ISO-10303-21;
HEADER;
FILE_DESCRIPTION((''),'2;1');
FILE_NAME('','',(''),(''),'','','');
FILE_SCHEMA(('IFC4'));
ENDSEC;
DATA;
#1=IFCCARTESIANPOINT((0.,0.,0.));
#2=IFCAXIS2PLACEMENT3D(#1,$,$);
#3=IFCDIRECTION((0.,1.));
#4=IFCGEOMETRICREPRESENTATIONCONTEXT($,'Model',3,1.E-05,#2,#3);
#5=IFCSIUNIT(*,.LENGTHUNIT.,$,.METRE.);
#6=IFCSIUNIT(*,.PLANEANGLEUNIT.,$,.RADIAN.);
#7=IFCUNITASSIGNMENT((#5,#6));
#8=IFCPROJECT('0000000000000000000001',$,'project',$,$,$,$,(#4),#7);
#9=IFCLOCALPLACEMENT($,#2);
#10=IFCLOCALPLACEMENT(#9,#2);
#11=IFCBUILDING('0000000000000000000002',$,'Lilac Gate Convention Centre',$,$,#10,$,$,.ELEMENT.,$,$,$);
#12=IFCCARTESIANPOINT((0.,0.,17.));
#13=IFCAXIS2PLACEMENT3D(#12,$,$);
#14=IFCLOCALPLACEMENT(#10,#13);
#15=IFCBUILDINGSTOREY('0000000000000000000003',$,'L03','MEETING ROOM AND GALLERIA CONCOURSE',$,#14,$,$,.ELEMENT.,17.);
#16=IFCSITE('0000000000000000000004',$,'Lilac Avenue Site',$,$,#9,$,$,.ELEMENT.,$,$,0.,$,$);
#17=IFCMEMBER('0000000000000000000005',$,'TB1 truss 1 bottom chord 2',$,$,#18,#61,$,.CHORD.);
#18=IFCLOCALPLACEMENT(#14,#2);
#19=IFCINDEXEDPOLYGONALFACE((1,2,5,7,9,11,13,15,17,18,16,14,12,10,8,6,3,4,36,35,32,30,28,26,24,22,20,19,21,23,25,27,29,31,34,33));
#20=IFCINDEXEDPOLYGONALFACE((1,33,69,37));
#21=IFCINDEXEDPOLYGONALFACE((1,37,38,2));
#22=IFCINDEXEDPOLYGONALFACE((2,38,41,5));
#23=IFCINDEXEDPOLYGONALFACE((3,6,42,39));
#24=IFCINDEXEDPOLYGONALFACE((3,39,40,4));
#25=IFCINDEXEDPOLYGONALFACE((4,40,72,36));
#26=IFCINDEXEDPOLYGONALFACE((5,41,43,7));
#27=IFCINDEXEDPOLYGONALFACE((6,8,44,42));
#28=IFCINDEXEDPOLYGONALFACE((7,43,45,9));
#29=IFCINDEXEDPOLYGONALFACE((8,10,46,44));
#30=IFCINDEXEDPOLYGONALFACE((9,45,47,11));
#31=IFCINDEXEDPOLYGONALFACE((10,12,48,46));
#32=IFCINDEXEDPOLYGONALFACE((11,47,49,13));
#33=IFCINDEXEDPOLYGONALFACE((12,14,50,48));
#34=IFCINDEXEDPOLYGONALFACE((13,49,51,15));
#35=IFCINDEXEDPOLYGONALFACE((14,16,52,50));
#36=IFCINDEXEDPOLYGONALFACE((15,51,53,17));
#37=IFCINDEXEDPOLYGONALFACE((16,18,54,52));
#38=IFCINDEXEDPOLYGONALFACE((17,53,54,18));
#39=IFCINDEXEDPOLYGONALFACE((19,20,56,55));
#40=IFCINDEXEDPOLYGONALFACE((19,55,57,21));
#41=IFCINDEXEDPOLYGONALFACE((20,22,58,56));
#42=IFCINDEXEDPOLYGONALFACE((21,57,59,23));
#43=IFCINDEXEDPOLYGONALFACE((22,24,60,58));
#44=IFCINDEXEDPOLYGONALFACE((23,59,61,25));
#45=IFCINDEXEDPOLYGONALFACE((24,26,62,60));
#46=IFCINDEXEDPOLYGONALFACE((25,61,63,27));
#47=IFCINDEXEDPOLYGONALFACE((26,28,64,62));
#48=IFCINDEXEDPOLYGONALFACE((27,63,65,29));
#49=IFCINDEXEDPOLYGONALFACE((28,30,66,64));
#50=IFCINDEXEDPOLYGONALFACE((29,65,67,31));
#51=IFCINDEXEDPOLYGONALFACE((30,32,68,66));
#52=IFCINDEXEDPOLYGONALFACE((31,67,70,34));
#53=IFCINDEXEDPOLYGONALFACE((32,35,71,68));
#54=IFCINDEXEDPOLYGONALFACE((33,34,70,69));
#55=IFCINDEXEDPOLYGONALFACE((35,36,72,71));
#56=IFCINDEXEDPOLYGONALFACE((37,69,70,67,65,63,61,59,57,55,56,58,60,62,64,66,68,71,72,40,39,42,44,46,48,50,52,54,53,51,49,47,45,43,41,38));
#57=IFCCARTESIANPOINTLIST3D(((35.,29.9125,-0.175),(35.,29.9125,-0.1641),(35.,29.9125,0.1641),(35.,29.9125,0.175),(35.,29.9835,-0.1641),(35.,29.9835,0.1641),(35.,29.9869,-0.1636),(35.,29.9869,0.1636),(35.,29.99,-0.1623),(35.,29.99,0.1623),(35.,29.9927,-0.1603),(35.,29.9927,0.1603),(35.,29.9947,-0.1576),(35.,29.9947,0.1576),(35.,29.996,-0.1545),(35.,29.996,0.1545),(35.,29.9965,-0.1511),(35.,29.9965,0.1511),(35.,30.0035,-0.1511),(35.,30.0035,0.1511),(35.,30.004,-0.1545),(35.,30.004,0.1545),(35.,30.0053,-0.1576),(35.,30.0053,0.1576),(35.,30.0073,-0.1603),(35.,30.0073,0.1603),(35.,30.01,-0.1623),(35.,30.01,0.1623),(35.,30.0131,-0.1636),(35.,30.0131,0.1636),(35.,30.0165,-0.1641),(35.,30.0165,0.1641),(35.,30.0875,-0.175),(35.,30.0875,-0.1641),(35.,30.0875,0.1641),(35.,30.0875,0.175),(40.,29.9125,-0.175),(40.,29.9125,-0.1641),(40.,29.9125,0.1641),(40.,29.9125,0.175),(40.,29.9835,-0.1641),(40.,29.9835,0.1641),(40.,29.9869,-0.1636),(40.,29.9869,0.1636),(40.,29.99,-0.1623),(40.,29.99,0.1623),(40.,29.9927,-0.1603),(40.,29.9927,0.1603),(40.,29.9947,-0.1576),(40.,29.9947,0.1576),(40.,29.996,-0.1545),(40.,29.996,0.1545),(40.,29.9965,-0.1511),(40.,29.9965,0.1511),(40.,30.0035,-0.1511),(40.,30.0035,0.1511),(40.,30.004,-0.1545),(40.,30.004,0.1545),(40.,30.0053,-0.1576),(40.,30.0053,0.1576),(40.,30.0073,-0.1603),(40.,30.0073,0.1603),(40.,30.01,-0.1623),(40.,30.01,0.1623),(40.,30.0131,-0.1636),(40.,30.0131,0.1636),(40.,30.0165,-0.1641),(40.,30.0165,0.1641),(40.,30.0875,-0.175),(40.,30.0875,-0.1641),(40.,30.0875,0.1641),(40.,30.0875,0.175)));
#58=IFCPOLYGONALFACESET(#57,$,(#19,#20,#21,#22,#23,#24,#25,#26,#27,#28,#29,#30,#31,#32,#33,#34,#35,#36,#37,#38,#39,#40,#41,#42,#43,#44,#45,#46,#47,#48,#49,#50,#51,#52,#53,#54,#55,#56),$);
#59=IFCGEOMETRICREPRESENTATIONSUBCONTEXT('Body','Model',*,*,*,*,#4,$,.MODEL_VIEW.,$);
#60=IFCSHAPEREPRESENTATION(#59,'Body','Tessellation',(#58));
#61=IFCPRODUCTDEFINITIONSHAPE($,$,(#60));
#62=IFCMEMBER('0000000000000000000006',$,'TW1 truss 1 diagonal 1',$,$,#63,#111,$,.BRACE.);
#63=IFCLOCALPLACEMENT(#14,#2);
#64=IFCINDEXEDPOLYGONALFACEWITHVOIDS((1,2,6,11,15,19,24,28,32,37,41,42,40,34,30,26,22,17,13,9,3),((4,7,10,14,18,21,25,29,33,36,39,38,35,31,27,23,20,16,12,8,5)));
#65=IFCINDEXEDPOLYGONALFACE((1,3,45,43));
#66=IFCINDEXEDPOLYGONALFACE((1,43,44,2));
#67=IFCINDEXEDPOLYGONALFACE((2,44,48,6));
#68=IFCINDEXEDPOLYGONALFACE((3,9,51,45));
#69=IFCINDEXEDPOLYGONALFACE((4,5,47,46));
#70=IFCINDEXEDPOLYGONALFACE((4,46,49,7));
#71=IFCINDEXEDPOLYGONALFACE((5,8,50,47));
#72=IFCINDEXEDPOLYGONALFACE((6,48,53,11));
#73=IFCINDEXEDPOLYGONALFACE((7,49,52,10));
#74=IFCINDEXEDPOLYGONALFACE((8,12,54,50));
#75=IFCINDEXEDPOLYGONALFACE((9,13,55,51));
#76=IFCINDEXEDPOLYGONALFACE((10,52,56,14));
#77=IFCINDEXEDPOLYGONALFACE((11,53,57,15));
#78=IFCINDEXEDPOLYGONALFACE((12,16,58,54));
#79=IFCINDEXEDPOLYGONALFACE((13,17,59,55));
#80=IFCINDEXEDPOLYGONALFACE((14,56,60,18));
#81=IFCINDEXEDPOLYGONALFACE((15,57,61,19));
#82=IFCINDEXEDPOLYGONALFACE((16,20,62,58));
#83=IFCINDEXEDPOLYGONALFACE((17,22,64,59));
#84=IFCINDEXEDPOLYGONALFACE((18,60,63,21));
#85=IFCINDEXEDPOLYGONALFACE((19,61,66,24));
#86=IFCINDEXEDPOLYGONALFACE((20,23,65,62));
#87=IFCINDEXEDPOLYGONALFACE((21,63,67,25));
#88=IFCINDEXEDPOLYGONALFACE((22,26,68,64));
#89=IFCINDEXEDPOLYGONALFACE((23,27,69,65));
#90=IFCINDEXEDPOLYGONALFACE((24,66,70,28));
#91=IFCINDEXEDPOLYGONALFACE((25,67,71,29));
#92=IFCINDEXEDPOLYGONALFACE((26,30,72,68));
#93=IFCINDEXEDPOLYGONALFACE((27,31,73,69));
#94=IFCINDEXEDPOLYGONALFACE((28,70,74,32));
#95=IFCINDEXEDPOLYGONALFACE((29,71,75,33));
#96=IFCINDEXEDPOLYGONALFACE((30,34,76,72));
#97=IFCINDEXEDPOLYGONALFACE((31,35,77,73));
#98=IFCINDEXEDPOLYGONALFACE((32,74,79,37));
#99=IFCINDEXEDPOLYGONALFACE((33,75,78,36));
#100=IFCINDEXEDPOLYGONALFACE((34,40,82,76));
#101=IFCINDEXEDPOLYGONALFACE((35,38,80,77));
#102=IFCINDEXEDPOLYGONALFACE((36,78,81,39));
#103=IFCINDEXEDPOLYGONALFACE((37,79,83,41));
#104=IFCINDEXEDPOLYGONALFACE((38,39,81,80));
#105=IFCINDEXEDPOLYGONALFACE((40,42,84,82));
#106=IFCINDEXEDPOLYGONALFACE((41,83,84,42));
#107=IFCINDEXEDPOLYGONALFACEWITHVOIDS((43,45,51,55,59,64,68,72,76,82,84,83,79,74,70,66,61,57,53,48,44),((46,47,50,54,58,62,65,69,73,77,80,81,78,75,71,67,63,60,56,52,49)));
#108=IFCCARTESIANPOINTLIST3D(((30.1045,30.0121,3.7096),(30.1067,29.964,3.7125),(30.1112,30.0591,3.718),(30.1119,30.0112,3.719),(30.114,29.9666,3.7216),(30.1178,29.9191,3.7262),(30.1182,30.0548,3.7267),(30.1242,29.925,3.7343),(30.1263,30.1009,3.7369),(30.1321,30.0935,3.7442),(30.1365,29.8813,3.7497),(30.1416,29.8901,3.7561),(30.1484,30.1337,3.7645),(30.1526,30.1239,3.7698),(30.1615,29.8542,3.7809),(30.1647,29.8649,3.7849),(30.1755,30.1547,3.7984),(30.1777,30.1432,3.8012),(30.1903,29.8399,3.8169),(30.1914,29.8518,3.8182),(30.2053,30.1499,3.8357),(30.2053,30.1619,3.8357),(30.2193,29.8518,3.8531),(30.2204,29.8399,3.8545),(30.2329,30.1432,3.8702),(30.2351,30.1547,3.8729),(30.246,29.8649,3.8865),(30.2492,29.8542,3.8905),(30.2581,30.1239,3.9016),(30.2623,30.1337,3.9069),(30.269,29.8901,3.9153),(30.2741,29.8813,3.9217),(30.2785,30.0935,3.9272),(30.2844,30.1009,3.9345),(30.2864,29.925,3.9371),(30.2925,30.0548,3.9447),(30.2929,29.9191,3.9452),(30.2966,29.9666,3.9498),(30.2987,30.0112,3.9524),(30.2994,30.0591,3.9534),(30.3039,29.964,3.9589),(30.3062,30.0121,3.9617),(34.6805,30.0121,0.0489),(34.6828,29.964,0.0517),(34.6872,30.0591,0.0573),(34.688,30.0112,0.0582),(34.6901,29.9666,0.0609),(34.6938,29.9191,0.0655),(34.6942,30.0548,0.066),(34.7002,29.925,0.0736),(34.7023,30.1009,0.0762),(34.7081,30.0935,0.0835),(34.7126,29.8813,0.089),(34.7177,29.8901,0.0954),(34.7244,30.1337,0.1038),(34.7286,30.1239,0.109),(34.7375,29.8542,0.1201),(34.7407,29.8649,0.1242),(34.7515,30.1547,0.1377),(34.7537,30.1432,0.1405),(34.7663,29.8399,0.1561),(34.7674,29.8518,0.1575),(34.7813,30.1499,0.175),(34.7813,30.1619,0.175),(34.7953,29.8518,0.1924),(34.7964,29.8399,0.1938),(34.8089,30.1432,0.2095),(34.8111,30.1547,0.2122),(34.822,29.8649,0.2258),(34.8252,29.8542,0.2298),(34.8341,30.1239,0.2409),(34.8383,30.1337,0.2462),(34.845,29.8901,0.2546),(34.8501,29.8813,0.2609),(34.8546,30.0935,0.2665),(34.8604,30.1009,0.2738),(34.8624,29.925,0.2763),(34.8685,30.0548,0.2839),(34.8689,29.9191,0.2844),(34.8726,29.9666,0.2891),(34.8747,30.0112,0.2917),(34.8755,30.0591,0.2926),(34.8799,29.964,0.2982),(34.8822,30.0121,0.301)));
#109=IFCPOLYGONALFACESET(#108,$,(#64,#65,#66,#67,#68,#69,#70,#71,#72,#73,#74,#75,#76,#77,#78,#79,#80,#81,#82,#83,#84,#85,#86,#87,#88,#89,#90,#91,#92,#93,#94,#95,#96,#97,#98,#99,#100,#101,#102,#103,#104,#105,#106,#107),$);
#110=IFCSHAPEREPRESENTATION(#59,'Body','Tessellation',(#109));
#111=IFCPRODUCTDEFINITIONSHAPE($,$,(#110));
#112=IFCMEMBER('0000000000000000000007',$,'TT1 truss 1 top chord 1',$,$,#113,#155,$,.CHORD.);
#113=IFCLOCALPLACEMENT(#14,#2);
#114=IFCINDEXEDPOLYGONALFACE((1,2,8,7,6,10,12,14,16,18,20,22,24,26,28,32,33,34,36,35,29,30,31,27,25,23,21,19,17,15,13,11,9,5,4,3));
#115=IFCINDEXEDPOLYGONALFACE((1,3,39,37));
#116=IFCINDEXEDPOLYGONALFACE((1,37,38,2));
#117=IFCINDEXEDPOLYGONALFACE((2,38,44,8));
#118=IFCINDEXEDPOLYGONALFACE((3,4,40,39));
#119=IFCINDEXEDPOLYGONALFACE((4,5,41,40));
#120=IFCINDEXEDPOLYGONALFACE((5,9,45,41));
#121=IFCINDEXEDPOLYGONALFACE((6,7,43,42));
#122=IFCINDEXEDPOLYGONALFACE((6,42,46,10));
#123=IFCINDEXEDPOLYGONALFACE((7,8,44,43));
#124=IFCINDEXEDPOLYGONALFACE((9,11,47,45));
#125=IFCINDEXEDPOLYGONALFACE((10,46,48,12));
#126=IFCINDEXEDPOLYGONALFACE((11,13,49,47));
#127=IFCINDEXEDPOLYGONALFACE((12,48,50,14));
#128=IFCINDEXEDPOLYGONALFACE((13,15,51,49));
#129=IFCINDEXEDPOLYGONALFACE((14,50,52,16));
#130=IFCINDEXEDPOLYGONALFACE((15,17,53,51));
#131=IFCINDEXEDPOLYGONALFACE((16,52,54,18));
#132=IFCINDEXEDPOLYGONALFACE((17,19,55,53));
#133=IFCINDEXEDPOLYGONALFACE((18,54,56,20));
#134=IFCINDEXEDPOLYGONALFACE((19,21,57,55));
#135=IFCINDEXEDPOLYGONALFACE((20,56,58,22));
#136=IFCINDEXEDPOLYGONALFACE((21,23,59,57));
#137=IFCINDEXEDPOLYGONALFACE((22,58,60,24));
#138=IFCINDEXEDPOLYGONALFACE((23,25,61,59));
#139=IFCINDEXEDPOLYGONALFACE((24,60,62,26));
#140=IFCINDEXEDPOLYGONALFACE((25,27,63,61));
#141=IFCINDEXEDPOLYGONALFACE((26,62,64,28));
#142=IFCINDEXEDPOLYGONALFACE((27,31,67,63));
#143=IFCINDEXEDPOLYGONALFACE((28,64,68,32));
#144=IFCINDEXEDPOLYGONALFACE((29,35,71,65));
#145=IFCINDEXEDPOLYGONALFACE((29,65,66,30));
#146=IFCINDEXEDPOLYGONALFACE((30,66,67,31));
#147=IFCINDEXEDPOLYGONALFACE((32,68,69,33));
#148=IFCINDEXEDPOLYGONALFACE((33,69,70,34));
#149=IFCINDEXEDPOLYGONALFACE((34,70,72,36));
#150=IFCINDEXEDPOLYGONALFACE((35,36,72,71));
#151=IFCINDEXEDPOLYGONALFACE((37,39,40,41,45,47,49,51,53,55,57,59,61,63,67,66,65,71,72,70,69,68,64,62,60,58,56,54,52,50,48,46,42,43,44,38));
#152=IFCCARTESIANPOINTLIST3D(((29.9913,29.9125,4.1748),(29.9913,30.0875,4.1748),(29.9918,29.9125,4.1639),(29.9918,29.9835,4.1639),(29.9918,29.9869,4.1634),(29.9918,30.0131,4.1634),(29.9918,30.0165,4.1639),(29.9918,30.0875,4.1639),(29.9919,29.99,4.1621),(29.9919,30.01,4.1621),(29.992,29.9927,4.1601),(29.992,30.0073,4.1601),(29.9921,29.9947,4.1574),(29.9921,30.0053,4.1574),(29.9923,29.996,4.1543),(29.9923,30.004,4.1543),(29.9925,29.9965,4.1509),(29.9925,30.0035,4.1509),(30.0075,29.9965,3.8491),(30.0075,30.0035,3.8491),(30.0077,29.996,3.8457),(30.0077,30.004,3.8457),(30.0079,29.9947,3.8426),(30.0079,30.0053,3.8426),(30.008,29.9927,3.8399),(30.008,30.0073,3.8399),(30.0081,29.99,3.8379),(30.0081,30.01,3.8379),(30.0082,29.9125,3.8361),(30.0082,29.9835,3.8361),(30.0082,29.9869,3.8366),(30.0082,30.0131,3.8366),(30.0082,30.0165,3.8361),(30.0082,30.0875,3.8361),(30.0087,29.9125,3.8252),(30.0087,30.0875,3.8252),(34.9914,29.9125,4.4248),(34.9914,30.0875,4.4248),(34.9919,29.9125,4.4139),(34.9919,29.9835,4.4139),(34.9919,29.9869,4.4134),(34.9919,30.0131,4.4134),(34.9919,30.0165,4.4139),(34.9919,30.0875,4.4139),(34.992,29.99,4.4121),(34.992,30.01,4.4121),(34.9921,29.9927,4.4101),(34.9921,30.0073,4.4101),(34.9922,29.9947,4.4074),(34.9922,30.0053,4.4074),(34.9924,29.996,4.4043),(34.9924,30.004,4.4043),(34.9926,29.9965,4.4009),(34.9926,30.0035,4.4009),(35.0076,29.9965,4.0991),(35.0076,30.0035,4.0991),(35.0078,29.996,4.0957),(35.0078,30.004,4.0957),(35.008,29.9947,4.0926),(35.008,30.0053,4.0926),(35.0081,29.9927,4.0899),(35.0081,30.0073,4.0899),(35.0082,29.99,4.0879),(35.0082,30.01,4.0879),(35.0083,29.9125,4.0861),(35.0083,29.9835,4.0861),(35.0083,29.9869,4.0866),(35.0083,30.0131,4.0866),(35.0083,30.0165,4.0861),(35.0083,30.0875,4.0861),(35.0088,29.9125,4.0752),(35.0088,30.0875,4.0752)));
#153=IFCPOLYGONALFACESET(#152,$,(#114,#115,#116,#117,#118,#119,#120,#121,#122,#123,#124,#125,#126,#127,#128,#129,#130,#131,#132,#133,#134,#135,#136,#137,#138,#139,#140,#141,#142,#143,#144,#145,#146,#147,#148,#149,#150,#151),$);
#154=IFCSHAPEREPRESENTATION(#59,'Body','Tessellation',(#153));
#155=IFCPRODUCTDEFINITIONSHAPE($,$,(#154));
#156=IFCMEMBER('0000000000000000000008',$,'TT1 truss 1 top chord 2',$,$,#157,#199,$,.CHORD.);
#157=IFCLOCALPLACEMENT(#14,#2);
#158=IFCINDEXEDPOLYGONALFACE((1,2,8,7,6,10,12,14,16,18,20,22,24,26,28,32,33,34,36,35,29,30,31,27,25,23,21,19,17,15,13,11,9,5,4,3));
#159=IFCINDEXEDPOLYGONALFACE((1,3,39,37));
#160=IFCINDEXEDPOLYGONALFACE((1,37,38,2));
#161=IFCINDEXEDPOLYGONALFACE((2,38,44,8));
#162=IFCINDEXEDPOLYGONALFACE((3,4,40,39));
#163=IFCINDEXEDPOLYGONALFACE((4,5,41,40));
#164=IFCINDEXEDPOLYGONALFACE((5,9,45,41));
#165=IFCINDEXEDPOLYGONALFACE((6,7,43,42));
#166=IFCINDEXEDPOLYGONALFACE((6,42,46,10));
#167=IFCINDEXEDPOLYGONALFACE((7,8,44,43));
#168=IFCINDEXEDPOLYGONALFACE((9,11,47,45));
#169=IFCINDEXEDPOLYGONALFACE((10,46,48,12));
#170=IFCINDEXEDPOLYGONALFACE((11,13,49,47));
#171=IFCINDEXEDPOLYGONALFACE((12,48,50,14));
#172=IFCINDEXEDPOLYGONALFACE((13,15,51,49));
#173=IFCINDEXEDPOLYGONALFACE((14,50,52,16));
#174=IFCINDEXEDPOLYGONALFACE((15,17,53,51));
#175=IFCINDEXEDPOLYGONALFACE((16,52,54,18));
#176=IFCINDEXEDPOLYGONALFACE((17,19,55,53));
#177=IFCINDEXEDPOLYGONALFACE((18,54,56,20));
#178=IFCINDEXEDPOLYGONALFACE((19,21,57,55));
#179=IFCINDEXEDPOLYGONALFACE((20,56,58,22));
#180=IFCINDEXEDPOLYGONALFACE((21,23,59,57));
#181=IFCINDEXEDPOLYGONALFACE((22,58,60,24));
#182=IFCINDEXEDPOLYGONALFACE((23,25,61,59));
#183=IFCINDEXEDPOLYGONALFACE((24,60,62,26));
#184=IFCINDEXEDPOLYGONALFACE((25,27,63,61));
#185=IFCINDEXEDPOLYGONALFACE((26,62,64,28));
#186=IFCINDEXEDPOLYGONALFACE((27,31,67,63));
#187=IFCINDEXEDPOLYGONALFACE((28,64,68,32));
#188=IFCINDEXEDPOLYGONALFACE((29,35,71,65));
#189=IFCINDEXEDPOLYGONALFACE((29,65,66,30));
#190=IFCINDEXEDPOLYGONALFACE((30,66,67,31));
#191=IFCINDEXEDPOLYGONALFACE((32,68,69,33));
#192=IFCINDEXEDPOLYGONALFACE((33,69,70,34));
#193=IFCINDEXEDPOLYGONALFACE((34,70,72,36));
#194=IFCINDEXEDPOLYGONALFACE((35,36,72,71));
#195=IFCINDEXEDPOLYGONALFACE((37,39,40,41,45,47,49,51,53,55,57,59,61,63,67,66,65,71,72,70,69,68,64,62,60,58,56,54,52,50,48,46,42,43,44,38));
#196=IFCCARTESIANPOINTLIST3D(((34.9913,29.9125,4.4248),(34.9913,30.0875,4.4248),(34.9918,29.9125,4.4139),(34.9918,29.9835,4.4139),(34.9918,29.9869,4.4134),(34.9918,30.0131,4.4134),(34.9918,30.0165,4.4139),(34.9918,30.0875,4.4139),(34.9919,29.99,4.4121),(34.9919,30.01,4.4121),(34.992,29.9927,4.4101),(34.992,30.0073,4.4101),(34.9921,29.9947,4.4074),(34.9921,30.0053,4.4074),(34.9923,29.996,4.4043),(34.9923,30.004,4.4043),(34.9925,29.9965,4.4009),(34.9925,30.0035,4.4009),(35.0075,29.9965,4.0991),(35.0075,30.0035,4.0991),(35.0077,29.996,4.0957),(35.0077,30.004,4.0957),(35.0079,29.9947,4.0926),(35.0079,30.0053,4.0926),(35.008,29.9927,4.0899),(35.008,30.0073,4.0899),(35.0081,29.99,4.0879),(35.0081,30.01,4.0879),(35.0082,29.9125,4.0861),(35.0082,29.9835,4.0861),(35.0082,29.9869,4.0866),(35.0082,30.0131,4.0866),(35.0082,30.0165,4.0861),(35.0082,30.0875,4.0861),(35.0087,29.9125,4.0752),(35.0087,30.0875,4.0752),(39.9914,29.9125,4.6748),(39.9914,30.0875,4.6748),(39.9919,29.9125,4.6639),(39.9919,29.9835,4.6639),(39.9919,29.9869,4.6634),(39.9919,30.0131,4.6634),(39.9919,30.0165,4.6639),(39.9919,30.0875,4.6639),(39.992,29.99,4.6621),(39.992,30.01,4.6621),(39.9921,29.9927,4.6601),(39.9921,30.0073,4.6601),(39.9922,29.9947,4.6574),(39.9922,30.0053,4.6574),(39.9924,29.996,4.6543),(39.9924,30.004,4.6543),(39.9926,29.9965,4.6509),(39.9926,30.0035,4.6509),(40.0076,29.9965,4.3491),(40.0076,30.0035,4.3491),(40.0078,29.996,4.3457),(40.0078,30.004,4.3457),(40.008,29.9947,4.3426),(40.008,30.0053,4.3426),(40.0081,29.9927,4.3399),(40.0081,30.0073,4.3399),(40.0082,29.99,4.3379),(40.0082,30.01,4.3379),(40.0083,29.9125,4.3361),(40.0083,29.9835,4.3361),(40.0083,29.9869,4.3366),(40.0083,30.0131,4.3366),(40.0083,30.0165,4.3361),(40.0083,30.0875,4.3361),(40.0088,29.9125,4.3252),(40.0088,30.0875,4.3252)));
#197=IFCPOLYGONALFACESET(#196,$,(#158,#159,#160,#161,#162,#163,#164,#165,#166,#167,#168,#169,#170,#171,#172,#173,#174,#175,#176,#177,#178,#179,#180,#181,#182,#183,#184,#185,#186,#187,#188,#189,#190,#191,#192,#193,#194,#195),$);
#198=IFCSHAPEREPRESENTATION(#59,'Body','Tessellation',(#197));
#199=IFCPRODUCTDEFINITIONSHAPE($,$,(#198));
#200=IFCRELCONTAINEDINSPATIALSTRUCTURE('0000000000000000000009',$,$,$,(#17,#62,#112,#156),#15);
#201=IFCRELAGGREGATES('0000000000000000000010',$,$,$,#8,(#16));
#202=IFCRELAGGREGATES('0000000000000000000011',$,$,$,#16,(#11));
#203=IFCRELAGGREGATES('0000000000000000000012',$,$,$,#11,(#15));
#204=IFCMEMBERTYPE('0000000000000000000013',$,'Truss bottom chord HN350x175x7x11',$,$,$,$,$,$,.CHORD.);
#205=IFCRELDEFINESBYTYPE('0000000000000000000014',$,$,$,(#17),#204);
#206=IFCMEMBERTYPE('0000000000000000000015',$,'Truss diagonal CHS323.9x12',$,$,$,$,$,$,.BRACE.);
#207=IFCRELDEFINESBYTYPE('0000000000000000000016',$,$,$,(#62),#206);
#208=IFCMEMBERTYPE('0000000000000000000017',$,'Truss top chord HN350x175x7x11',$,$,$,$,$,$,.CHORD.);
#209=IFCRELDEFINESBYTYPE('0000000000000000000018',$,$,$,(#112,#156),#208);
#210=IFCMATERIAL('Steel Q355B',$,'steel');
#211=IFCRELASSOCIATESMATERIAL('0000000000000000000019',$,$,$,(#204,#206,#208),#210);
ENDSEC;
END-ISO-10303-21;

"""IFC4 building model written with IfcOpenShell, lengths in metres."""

from ifc_helpers import new_model, si_unit, direction, frame, origin, origin_2d, place, context, subcontext, project, spatial, hollow_circle, i_section, extrude, material, material_profile, profile_set, type_object, element, save


model = new_model("IFC4")

# Units and contexts
model_context = context("Model", 3, precision=1e-05, world=origin(), true_north=direction((0.0, 1.0)))
body_context = subcontext(model_context, "Body", "Model", "MODEL_VIEW")
ifc_project = project(units=[si_unit("LENGTHUNIT", "METRE"), si_unit("PLANEANGLEUNIT", "RADIAN")], contexts=[model_context])

# Site, building, storey
site_placement = place(None, origin())
site = spatial("IfcSite", under=ifc_project, at=site_placement, Name="Lilac Avenue Site", CompositionType="ELEMENT", RefElevation=0.0)
building_placement = place(site_placement, origin())
building = spatial("IfcBuilding", under=site, at=building_placement, Name="Lilac Gate Convention Centre", CompositionType="ELEMENT")
storey_placement = place(building_placement, frame((0.0, 0.0, 17.0)))
storey = spatial("IfcBuildingStorey", under=building, at=storey_placement, Name="L03", Description="MEETING ROOM AND GALLERIA CONCOURSE", CompositionType="ELEMENT", Elevation=17.0)

# Shared definitions
ifc_material_1 = material(Name="Steel Q355B", Category="steel")

# Members
ifc_material_profile_1 = material_profile(ifc_material_1, i_section(OverallWidth=0.175, OverallDepth=0.3501, WebThickness=0.0071, FlangeThickness=0.011, FilletRadius=0.0129, at=origin_2d()), Name="HN350x175x7x11")
ifc_profile_set_1 = profile_set([ifc_material_profile_1], Name="Steel Q355B")
member_type_1 = type_object("IfcMemberType", Name="Truss bottom chord HN350x175x7x11", PredefinedType="CHORD", material=ifc_profile_set_1)
for number, where, z_axis, x_axis, name in (
    (1, (35.0, 30.0, 0.0), (1.0, 0.0, 0.0), (0.0, 1.0, 0.0), "TB1 truss 1 bottom chord 2"),
):
    element("IfcMember", number, at=place(storey_placement, frame(where, z_axis=z_axis, x_axis=x_axis)), inside=storey, type_object=member_type_1, Name=name, PredefinedType="CHORD", context=body_context, shape_type="SweptSolid", body=[
        extrude(i_section(OverallWidth=0.175, OverallDepth=0.3501, WebThickness=0.0071, FlangeThickness=0.011, FilletRadius=0.0129, at=origin_2d()), origin(), (0.0, 0.0, 1.0), 5.0),
    ])
ifc_material_profile_2 = material_profile(ifc_material_1, hollow_circle(Radius=0.1619, WallThickness=0.012, at=origin_2d()), Name="CHS323.9x12")
ifc_profile_set_2 = profile_set([ifc_material_profile_2], Name="Steel Q355B")
member_type_2 = type_object("IfcMemberType", Name="Truss diagonal CHS323.9x12", PredefinedType="BRACE", material=ifc_profile_set_2)
member_1_placement = place(storey_placement, frame((30.2053, 30.0, 3.8357), z_axis=(0.780877, 0.0, -0.624685), x_axis=(0.0, 1.0, 0.0)))
element("IfcMember", 2, at=member_1_placement, inside=storey, type_object=member_type_2, Name="TW1 truss 1 diagonal 1", PredefinedType="BRACE", context=body_context, shape_type="SweptSolid", body=[
    extrude(hollow_circle(Radius=0.1619, WallThickness=0.012, at=origin_2d()), origin(), (0.0, 0.0, 1.0), 5.8601),
])
ifc_material_profile_3 = material_profile(ifc_material_1, i_section(OverallWidth=0.175, OverallDepth=0.3501, WebThickness=0.0071, FlangeThickness=0.011, FilletRadius=0.0129, at=origin_2d()), Name="HN350x175x7x11")
ifc_profile_set_3 = profile_set([ifc_material_profile_3], Name="Steel Q355B")
member_type_3 = type_object("IfcMemberType", Name="Truss top chord HN350x175x7x11", PredefinedType="CHORD", material=ifc_profile_set_3)
for number, where, z_axis, x_axis, name in (
    (3, (30.0, 30.0, 4.0), (0.998752, 0.0, 0.049938), (0.0, 1.0, 0.0), "TT1 truss 1 top chord 1"),
    (4, (35.0, 30.0, 4.25), (0.998752, 0.0, 0.049938), (0.0, 1.0, 0.0), "TT1 truss 1 top chord 2"),
):
    element("IfcMember", number, at=place(storey_placement, frame(where, z_axis=z_axis, x_axis=x_axis)), inside=storey, type_object=member_type_3, Name=name, PredefinedType="CHORD", context=body_context, shape_type="SweptSolid", body=[
        extrude(i_section(OverallWidth=0.175, OverallDepth=0.3501, WebThickness=0.0071, FlangeThickness=0.011, FilletRadius=0.0129, at=origin_2d()), origin(), (0.0, 0.0, 1.0), 5.0063),
    ])

save(model, "model.ifc")
